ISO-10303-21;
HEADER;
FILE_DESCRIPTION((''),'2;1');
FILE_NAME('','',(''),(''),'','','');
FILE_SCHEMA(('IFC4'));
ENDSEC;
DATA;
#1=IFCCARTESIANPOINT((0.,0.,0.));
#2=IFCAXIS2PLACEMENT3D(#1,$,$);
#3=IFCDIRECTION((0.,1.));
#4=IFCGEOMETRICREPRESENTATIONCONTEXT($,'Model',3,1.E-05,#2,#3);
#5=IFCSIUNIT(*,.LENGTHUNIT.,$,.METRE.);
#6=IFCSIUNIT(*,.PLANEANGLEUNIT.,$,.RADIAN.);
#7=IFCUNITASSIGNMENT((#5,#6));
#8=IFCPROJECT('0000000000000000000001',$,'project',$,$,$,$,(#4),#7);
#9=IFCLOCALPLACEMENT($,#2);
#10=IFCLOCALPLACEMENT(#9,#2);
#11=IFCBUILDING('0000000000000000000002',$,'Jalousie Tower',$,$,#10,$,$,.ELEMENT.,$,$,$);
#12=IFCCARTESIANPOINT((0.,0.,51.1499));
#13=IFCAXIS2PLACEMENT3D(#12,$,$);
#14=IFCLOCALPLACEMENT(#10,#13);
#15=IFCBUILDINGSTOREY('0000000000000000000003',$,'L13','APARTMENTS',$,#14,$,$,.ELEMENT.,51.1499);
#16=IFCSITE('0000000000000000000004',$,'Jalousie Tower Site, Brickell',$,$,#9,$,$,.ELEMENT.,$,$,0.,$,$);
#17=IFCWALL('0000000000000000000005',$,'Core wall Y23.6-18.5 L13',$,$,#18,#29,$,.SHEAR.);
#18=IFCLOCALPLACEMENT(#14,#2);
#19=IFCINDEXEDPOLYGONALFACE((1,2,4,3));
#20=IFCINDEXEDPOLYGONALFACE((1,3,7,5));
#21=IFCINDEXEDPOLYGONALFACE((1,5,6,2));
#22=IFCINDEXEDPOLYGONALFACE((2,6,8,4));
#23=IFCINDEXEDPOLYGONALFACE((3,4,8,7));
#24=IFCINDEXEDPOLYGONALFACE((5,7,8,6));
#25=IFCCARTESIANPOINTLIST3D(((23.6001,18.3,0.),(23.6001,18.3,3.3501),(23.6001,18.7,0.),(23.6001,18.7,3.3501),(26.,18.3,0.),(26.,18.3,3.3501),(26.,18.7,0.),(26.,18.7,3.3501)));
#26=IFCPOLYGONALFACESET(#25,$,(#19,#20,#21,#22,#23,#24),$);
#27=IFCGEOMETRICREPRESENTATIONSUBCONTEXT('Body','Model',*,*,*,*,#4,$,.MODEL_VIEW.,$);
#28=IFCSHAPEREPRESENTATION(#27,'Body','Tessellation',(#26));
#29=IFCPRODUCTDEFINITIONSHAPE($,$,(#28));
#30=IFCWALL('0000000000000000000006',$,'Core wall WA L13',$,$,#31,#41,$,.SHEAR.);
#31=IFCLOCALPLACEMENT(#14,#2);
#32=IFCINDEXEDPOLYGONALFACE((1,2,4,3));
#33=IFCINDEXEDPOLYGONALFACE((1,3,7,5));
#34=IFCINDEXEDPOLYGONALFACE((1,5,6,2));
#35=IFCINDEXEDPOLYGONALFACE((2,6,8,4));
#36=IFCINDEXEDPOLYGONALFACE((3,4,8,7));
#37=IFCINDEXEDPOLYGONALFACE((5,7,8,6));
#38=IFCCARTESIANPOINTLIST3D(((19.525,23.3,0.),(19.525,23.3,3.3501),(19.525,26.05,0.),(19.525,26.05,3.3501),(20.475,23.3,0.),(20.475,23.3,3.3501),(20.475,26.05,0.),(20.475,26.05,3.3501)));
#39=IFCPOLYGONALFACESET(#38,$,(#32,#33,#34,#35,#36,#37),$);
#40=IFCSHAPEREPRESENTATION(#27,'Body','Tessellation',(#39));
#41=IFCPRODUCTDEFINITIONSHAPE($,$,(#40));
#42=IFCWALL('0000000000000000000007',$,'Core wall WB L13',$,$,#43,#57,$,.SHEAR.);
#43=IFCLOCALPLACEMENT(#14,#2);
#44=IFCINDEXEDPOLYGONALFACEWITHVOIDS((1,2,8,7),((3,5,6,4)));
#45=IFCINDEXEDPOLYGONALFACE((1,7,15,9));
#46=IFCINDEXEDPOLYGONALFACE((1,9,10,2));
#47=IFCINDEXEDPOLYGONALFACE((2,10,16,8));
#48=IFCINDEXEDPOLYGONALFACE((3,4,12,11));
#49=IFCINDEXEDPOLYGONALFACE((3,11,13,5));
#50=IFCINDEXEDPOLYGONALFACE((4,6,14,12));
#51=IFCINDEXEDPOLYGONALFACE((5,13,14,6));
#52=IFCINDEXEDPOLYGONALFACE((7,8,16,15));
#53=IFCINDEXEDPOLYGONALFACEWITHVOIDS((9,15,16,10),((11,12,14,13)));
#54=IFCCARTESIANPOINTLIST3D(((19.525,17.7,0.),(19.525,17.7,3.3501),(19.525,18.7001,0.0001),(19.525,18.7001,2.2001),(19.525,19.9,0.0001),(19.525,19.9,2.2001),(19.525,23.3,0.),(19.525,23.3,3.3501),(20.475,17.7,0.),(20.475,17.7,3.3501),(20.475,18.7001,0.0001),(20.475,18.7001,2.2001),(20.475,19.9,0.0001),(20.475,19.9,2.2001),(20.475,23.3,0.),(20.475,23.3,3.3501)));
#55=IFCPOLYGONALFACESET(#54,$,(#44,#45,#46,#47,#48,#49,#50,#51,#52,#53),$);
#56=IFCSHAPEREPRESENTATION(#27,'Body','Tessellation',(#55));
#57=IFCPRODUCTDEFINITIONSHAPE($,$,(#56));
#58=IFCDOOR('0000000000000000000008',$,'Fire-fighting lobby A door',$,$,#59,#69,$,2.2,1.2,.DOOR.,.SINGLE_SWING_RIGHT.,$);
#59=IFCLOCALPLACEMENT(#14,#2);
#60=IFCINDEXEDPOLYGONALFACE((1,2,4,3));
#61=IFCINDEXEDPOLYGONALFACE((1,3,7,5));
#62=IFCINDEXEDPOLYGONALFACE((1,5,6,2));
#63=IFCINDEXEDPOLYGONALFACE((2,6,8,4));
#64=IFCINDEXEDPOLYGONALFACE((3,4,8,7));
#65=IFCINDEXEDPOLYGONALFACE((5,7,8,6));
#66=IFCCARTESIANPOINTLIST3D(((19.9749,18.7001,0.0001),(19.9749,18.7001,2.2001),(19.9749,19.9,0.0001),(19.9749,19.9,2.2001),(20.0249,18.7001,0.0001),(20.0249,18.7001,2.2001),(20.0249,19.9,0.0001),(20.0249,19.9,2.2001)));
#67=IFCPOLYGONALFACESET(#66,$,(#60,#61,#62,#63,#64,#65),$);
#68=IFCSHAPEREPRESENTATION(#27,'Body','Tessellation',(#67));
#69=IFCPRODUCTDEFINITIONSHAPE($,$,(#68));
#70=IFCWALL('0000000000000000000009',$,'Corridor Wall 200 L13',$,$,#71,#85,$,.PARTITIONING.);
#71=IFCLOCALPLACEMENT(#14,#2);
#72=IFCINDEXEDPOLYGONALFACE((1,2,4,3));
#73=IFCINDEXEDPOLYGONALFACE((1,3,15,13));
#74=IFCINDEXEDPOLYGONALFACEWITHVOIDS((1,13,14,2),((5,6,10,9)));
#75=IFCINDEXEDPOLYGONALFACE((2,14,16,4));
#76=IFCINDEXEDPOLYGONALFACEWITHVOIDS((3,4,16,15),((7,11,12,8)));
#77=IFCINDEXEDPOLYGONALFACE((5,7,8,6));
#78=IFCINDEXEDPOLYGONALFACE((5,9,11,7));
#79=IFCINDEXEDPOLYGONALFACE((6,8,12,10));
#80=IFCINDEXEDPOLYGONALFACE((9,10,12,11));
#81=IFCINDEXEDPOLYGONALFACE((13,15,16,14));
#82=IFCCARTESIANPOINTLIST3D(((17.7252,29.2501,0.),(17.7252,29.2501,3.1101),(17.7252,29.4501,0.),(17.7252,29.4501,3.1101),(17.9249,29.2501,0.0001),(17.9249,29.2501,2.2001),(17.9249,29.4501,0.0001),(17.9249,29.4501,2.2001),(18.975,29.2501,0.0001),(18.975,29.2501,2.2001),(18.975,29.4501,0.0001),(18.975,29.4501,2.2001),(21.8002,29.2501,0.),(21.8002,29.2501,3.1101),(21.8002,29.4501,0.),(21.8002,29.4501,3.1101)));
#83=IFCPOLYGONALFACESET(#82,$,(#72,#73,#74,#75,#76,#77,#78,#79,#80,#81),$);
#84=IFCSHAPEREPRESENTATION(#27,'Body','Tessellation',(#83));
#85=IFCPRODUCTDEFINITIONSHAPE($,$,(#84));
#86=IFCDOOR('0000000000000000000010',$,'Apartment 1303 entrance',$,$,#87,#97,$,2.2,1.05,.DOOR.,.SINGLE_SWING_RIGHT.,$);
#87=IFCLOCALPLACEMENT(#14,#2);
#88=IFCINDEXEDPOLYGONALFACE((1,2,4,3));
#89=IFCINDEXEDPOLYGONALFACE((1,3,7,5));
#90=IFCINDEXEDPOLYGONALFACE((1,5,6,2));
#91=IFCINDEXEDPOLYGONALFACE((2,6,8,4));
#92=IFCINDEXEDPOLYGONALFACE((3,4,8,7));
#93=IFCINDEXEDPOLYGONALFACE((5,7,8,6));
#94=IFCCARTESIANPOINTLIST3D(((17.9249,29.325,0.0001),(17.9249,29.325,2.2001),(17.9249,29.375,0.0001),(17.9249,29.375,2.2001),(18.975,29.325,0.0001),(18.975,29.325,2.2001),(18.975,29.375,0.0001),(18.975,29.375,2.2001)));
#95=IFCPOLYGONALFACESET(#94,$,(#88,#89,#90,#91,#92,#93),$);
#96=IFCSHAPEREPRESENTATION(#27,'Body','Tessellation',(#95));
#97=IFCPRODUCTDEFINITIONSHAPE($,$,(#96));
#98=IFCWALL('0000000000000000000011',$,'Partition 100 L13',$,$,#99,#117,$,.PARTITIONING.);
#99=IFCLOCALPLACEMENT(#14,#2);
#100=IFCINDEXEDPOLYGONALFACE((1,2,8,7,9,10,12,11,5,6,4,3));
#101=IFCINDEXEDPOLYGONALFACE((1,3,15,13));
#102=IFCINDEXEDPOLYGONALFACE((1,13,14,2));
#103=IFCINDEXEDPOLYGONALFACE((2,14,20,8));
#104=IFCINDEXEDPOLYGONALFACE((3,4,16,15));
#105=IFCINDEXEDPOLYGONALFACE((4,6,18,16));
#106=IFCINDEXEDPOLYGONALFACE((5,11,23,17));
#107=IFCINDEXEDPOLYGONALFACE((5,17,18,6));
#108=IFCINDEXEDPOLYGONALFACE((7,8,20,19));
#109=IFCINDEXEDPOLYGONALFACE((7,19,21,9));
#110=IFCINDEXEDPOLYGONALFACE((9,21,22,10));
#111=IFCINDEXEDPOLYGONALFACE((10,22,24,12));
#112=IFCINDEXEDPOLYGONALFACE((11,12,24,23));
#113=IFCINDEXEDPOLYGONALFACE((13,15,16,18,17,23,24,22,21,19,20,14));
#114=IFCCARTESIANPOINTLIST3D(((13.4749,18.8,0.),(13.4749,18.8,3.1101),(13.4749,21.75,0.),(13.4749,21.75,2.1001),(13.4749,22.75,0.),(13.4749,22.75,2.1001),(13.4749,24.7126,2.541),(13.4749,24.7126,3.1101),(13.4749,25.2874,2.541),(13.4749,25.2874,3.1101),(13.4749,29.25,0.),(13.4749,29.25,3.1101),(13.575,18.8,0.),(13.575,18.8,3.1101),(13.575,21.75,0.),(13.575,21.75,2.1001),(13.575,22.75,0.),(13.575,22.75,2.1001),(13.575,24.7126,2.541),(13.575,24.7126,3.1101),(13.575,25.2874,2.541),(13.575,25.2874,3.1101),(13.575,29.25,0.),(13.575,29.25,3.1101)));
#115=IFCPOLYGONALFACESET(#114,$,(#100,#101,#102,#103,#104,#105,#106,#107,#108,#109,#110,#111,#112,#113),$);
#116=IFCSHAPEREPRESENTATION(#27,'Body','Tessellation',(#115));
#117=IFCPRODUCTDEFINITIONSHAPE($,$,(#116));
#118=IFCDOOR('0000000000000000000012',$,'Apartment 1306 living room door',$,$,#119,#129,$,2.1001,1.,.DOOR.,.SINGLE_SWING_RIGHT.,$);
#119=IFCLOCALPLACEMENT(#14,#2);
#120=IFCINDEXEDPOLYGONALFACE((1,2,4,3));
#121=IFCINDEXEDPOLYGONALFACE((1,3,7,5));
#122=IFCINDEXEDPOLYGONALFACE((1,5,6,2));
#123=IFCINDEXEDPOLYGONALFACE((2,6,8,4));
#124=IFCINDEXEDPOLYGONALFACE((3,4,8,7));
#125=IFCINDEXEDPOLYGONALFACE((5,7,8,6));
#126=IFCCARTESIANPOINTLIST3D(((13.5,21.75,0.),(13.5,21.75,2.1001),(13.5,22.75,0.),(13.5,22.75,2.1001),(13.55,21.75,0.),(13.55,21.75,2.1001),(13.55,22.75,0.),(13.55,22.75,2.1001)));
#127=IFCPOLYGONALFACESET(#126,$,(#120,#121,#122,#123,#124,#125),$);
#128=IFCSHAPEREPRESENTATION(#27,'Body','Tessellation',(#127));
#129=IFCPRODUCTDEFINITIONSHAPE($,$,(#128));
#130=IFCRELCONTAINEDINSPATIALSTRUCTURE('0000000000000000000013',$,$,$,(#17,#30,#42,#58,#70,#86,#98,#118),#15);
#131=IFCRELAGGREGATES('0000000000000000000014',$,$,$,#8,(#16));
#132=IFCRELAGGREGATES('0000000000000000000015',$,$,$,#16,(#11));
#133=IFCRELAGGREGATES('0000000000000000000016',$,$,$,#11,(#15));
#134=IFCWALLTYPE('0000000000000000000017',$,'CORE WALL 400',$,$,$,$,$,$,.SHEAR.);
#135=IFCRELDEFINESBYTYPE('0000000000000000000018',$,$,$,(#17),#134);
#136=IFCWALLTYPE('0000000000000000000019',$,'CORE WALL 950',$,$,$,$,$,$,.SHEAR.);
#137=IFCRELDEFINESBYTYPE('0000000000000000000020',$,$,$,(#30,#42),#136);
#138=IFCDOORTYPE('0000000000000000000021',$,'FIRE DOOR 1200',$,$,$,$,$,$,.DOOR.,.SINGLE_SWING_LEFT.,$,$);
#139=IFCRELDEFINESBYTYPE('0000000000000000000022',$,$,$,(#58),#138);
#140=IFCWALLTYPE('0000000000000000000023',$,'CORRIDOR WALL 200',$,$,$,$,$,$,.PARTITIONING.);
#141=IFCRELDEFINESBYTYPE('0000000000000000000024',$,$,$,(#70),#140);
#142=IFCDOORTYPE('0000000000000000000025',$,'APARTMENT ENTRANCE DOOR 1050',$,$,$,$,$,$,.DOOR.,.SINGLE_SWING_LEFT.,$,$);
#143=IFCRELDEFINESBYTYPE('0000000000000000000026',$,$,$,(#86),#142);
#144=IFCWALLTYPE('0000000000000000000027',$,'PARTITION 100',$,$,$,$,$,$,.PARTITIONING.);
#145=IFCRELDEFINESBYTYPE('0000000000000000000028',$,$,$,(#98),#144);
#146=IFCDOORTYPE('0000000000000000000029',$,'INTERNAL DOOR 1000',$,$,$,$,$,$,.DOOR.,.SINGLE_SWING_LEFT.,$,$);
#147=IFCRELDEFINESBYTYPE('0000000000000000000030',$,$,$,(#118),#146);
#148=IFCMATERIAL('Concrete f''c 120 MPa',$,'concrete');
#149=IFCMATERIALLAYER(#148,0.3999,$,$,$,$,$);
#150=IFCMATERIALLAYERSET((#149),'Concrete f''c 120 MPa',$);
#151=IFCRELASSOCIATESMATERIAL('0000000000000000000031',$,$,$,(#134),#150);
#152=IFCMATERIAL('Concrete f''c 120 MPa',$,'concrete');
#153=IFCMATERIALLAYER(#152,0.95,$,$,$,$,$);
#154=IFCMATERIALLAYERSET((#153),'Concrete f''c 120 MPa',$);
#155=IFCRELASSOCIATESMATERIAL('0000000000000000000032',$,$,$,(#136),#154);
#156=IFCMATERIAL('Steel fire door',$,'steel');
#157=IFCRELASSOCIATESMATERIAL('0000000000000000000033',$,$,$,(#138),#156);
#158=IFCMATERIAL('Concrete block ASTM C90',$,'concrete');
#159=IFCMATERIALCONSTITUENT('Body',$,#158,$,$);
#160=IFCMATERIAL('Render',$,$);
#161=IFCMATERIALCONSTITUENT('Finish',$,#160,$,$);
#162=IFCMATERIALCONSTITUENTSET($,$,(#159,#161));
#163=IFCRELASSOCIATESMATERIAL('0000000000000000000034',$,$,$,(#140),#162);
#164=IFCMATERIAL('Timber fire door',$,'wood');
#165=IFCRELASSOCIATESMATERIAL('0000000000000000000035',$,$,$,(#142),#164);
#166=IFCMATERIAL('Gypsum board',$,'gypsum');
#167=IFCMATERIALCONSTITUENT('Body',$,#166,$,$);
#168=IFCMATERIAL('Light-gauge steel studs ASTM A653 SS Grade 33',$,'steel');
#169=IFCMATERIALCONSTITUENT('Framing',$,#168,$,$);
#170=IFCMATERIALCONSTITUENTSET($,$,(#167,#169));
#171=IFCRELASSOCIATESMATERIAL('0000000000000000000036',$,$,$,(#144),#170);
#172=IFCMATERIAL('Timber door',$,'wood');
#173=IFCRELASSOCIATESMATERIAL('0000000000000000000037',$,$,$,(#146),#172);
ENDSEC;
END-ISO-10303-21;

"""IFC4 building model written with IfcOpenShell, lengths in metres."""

from ifc_helpers import new_model, si_unit, direction, frame, frame_2d, origin, place, context, subcontext, project, spatial, polyline, rectangle, outline, extrude, material, layer, layer_set, constituent, constituent_set, type_object, element, fill, save


model = new_model("IFC4")

# Units and contexts
model_context = context("Model", 3, precision=1e-05, world=origin(), true_north=direction((0.0, 1.0)))
body_context = subcontext(model_context, "Body", "Model", "MODEL_VIEW")
ifc_project = project(units=[si_unit("LENGTHUNIT", "METRE"), si_unit("PLANEANGLEUNIT", "RADIAN")], contexts=[model_context])

# Site, building, storey
site_placement = place(None, origin())
site = spatial("IfcSite", under=ifc_project, at=site_placement, Name="Jalousie Tower Site, Brickell", CompositionType="ELEMENT", RefElevation=0.0)
building_placement = place(site_placement, origin())
building = spatial("IfcBuilding", under=site, at=building_placement, Name="Jalousie Tower", CompositionType="ELEMENT")
storey_placement = place(building_placement, frame((0.0, 0.0, 51.1499)))
storey = spatial("IfcBuildingStorey", under=building, at=storey_placement, Name="L13", Description="APARTMENTS", CompositionType="ELEMENT", Elevation=51.1499)

# Shared definitions
ifc_material_1 = material(Name="Concrete f'c 120 MPa", Category="concrete")
ifc_layer_1 = layer(ifc_material_1, 0.3999)
ifc_layer_set_1 = layer_set([ifc_layer_1], Name="Concrete f'c 120 MPa")
wall_type_1 = type_object("IfcWallType", Name="CORE WALL 400", PredefinedType="SHEAR", material=ifc_layer_set_1)

# Walls
wall_1_placement = place(storey_placement, frame((23.6001, 18.5, 0.0), z_axis=(0.0, 0.0, 1.0), x_axis=(1.0, 0.0, 0.0)))
element("IfcWall", 1, at=wall_1_placement, inside=storey, type_object=wall_type_1, Name="Core wall Y23.6-18.5 L13", PredefinedType="SHEAR", context=body_context, shape_type="SweptSolid", body=[
    extrude(rectangle(XDim=2.3999, YDim=0.3999, at=frame_2d((1.2, 0.0))), origin(), (0.0, 0.0, 1.0), 3.3501),
])
ifc_material_2 = material(Name="Concrete f'c 120 MPa", Category="concrete")
ifc_layer_2 = layer(ifc_material_2, 0.95)
ifc_layer_set_2 = layer_set([ifc_layer_2], Name="Concrete f'c 120 MPa")
wall_type_2 = type_object("IfcWallType", Name="CORE WALL 950", PredefinedType="SHEAR", material=ifc_layer_set_2)
wall_2_placement = place(storey_placement, frame((20.0, 26.05, 0.0), z_axis=(0.0, 0.0, 1.0), x_axis=(0.0, -1.0, 0.0)))
element("IfcWall", 2, at=wall_2_placement, inside=storey, type_object=wall_type_2, Name="Core wall WA L13", PredefinedType="SHEAR", context=body_context, shape_type="SweptSolid", body=[
    extrude(rectangle(XDim=2.75, YDim=0.95, at=frame_2d((1.375, 0.0))), origin(), (0.0, 0.0, 1.0), 3.3501),
])

# Walls, openings, doors
wall_3_placement = place(storey_placement, frame((20.0, 23.3, 0.0), z_axis=(0.0, 0.0, 1.0), x_axis=(0.0, -1.0, 0.0)))
wall_3 = element("IfcWall", 3, at=wall_3_placement, inside=storey, type_object=wall_type_2, Name="Core wall WB L13", PredefinedType="SHEAR", context=body_context, shape_type="SweptSolid", body=[
    extrude(rectangle(XDim=5.6001, YDim=0.95, at=frame_2d((2.8, 0.0))), origin(), (0.0, 0.0, 1.0), 3.3501),
])
opening_1_placement = place(wall_3_placement, frame((3.3999, 0.0, 0.0)))
opening_1 = element("IfcOpeningElement", 4, at=opening_1_placement, cuts=wall_3, PredefinedType="OPENING", context=body_context, shape_type="SweptSolid", body=[
    extrude(rectangle(XDim=1.2, YDim=2.2, at=frame_2d((0.6001, 1.1001))), frame((0.0, 0.4849, 0.0), z_axis=(0.0, -1.0, 0.0), x_axis=(1.0, 0.0, 0.0)), (0.0, 0.0, 1.0), 0.97),
])
ifc_material_3 = material(Name="Steel fire door", Category="steel")
door_type_1 = type_object("IfcDoorType", Name="FIRE DOOR 1200", OperationType="SINGLE_SWING_LEFT", PredefinedType="DOOR", material=ifc_material_3)
door_1_placement = place(opening_1_placement, origin())
door_1 = element("IfcDoor", 5, at=door_1_placement, inside=storey, type_object=door_type_1, Name="Fire-fighting lobby A door", OperationType="SINGLE_SWING_RIGHT", OverallHeight=2.2, OverallWidth=1.2, PredefinedType="DOOR", context=body_context, shape_type="SweptSolid", body=[
    extrude(rectangle(XDim=1.2, YDim=2.2, at=frame_2d((0.6001, 1.1001))), frame((0.0, 0.0249, 0.0), z_axis=(0.0, -1.0, 0.0), x_axis=(1.0, 0.0, 0.0)), (0.0, 0.0, 1.0), 0.05),
])
fill(opening_1, door_1)
ifc_material_4 = material(Name="Concrete block ASTM C90", Category="concrete")
ifc_constituent_1 = constituent(ifc_material_4, Name="Body")
ifc_material_5 = material(Name="Render")
ifc_constituent_2 = constituent(ifc_material_5, Name="Finish")
ifc_constituent_set_1 = constituent_set(constituents=[ifc_constituent_1, ifc_constituent_2])
wall_type_3 = type_object("IfcWallType", Name="CORRIDOR WALL 200", PredefinedType="PARTITIONING", material=ifc_constituent_set_1)
wall_4_placement = place(storey_placement, frame((17.7251, 29.3501, 0.0), z_axis=(0.0, 0.0, 1.0), x_axis=(1.0, 0.0, 0.0)))
wall_4 = element("IfcWall", 6, at=wall_4_placement, inside=storey, type_object=wall_type_3, Name="Corridor Wall 200 L13", PredefinedType="PARTITIONING", context=body_context, shape_type="SweptSolid", body=[
    extrude(rectangle(XDim=4.075, YDim=0.2, at=frame_2d((2.0376, 0.0))), origin(), (0.0, 0.0, 1.0), 3.1101),
])
opening_2_placement = place(wall_4_placement, frame((0.2, 0.0, 0.0)))
opening_2 = element("IfcOpeningElement", 7, at=opening_2_placement, cuts=wall_4, PredefinedType="OPENING", context=body_context, shape_type="SweptSolid", body=[
    extrude(rectangle(XDim=1.05, YDim=2.2, at=frame_2d((0.5249, 1.1001))), frame((0.0, 0.1099, 0.0), z_axis=(0.0, -1.0, 0.0), x_axis=(1.0, 0.0, 0.0)), (0.0, 0.0, 1.0), 0.22),
])
ifc_material_6 = material(Name="Timber fire door", Category="wood")
door_type_2 = type_object("IfcDoorType", Name="APARTMENT ENTRANCE DOOR 1050", OperationType="SINGLE_SWING_LEFT", PredefinedType="DOOR", material=ifc_material_6)
door_2_placement = place(opening_2_placement, origin())
door_2 = element("IfcDoor", 8, at=door_2_placement, inside=storey, type_object=door_type_2, Name="Apartment 1303 entrance", OperationType="SINGLE_SWING_RIGHT", OverallHeight=2.2, OverallWidth=1.05, PredefinedType="DOOR", context=body_context, shape_type="SweptSolid", body=[
    extrude(rectangle(XDim=1.05, YDim=2.2, at=frame_2d((0.5249, 1.1001))), frame((0.0, 0.0249, 0.0), z_axis=(0.0, -1.0, 0.0), x_axis=(1.0, 0.0, 0.0)), (0.0, 0.0, 1.0), 0.05),
])
fill(opening_2, door_2)
ifc_material_7 = material(Name="Gypsum board", Category="gypsum")
ifc_constituent_3 = constituent(ifc_material_7, Name="Body")
ifc_material_8 = material(Name="Light-gauge steel studs ASTM A653 SS Grade 33", Category="steel")
ifc_constituent_4 = constituent(ifc_material_8, Name="Framing")
ifc_constituent_set_2 = constituent_set(constituents=[ifc_constituent_3, ifc_constituent_4])
wall_type_4 = type_object("IfcWallType", Name="PARTITION 100", PredefinedType="PARTITIONING", material=ifc_constituent_set_2)
wall_5_placement = place(storey_placement, frame((13.5249, 18.8, 0.0), z_axis=(0.0, 0.0, 1.0), x_axis=(0.0, 1.0, 0.0)))
wall_5 = element("IfcWall", 9, at=wall_5_placement, inside=storey, type_object=wall_type_4, Name="Partition 100 L13", PredefinedType="PARTITIONING", context=body_context, shape_type="SweptSolid", body=[
    extrude(outline(polyline([(0.0, 0.0), (10.45, 0.0), (10.45, 3.1101), (6.4873, 3.1101), (6.4873, 2.541), (5.9126, 2.541), (5.9126, 3.1101), (0.0, 3.1101), (0.0, 0.0)])), frame((0.0, 0.05, 0.0), z_axis=(0.0, -1.0, 0.0), x_axis=(1.0, 0.0, 0.0)), (0.0, 0.0, 1.0), 0.1001),
])
opening_3_placement = place(wall_5_placement, frame((2.95, 0.0, 0.0)))
opening_3 = element("IfcOpeningElement", 10, at=opening_3_placement, cuts=wall_5, PredefinedType="OPENING", context=body_context, shape_type="SweptSolid", body=[
    extrude(rectangle(XDim=1.0, YDim=2.1001, at=frame_2d((0.5, 1.05))), frame((0.0, 0.0601, 0.0), z_axis=(0.0, -1.0, 0.0), x_axis=(1.0, 0.0, 0.0)), (0.0, 0.0, 1.0), 0.1201),
])
ifc_material_9 = material(Name="Timber door", Category="wood")
door_type_3 = type_object("IfcDoorType", Name="INTERNAL DOOR 1000", OperationType="SINGLE_SWING_LEFT", PredefinedType="DOOR", material=ifc_material_9)
door_3_placement = place(opening_3_placement, origin())
door_3 = element("IfcDoor", 11, at=door_3_placement, inside=storey, type_object=door_type_3, Name="Apartment 1306 living room door", OperationType="SINGLE_SWING_RIGHT", OverallHeight=2.1001, OverallWidth=1.0, PredefinedType="DOOR", context=body_context, shape_type="SweptSolid", body=[
    extrude(rectangle(XDim=1.0, YDim=2.1001, at=frame_2d((0.5, 1.05))), frame((0.0, 0.0249, 0.0), z_axis=(0.0, -1.0, 0.0), x_axis=(1.0, 0.0, 0.0)), (0.0, 0.0, 1.0), 0.05),
])
fill(opening_3, door_3)

save(model, "model.ifc")
